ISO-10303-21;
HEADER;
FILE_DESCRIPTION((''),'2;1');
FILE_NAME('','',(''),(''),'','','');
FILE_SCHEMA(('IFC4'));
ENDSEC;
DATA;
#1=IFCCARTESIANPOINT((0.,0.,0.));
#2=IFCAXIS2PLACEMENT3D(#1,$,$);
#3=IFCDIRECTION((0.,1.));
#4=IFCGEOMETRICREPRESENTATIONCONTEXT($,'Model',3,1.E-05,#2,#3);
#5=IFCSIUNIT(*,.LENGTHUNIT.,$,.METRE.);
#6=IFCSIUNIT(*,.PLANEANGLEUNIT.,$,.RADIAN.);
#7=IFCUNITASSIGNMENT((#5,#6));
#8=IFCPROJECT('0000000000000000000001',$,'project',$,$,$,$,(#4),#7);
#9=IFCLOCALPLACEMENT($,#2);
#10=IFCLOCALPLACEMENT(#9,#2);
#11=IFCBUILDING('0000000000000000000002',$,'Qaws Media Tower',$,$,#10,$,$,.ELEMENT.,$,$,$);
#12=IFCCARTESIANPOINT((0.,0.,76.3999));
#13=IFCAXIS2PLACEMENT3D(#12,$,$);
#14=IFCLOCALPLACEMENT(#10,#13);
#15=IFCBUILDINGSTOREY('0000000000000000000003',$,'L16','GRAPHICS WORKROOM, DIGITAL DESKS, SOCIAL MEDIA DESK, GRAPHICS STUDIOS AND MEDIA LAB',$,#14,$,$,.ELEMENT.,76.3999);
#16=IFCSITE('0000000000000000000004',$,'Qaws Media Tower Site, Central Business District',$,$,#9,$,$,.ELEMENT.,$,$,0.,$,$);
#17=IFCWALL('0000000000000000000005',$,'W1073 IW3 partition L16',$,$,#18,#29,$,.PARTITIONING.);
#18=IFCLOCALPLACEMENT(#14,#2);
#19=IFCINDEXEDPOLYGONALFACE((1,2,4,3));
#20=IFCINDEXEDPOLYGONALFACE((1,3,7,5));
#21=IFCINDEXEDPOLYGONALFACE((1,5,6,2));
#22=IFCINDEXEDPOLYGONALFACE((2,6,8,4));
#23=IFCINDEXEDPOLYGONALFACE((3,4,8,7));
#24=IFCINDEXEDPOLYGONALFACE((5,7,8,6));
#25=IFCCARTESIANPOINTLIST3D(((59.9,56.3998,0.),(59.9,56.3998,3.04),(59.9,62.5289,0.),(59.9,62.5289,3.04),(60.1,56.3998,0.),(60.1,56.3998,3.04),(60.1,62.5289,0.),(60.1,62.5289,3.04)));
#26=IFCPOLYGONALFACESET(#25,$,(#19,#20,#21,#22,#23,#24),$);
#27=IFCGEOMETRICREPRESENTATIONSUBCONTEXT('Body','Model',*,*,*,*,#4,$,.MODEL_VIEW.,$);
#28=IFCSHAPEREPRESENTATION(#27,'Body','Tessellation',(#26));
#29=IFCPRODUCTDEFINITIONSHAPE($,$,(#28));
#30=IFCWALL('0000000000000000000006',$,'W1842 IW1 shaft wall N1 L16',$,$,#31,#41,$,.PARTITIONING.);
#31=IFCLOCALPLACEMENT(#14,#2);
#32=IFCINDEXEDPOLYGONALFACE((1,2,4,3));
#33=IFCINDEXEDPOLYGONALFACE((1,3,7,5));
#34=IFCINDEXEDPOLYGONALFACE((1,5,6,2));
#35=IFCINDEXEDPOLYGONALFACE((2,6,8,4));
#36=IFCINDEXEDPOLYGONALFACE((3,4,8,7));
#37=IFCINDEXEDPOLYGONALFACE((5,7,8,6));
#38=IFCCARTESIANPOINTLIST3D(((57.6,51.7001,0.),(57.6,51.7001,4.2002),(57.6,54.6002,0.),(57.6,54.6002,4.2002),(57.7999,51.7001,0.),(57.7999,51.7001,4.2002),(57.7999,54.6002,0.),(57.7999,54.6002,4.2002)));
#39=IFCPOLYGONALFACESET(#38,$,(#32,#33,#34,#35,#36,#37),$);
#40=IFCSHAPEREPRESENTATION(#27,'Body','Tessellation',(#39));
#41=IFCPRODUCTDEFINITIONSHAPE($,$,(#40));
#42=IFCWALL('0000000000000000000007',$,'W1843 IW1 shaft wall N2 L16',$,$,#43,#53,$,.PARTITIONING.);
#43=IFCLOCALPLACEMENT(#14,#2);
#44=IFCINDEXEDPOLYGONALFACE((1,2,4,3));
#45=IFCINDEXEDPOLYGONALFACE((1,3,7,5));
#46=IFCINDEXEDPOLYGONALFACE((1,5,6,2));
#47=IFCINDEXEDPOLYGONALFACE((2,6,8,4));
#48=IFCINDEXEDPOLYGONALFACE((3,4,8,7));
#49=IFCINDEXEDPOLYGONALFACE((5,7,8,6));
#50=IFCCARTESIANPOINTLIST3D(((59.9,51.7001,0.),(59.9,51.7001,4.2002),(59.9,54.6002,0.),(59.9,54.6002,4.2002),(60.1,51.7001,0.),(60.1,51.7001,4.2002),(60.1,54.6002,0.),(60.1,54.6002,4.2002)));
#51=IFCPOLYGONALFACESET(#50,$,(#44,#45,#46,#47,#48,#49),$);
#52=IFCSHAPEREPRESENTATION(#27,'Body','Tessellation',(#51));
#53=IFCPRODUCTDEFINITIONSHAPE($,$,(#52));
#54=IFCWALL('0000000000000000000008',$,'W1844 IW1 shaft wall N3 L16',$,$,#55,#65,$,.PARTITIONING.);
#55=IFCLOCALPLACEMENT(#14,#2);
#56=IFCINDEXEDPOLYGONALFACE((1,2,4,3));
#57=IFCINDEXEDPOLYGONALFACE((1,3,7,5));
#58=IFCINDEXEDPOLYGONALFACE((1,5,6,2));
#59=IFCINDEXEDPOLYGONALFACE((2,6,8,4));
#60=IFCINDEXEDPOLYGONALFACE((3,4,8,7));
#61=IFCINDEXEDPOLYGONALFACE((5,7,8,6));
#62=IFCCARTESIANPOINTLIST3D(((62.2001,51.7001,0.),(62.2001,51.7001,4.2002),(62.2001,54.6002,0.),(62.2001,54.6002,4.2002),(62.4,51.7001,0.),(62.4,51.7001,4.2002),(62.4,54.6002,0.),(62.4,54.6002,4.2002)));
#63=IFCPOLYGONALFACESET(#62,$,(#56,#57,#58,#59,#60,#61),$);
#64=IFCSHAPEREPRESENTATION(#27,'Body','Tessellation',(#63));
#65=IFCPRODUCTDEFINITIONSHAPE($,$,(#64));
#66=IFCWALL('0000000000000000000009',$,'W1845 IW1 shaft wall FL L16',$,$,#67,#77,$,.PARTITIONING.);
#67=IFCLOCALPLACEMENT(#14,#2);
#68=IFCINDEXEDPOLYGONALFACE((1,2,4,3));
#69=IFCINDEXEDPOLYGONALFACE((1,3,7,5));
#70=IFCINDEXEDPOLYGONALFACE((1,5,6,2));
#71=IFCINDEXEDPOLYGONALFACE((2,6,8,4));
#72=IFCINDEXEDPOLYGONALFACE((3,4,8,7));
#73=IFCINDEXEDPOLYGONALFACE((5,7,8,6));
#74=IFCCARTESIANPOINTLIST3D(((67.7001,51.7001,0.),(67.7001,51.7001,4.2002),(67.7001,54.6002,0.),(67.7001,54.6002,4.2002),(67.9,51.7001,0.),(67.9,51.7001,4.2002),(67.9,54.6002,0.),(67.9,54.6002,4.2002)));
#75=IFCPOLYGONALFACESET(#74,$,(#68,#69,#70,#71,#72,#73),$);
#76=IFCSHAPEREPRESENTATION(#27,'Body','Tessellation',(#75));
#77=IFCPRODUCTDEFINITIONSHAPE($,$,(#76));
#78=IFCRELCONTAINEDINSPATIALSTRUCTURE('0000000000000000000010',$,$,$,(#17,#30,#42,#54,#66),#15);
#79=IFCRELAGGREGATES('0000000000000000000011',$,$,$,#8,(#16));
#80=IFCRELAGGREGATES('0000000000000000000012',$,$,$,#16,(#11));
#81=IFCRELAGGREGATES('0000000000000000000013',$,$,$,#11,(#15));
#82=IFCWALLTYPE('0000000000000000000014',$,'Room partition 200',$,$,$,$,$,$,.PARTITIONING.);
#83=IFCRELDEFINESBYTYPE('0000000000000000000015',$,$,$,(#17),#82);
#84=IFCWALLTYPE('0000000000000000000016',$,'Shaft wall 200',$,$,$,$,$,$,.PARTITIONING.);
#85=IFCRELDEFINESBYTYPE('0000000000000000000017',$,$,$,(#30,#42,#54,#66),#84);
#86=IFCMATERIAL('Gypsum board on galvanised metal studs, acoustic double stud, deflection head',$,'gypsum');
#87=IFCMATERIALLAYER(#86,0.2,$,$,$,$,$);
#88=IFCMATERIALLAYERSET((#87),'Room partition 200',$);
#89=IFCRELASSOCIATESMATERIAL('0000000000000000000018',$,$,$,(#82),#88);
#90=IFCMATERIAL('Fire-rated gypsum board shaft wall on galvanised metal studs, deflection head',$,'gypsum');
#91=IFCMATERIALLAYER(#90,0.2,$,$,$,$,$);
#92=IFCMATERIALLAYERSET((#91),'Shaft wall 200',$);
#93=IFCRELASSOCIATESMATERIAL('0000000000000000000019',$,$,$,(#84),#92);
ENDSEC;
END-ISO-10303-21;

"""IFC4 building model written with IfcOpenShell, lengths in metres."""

from ifc_helpers import new_model, si_unit, direction, frame, frame_2d, origin, place, context, subcontext, project, spatial, rectangle, extrude, material, layer, layer_set, type_object, element, save


model = new_model("IFC4")

# Units and contexts
model_context = context("Model", 3, precision=1e-05, world=origin(), true_north=direction((0.0, 1.0)))
body_context = subcontext(model_context, "Body", "Model", "MODEL_VIEW")
ifc_project = project(units=[si_unit("LENGTHUNIT", "METRE"), si_unit("PLANEANGLEUNIT", "RADIAN")], contexts=[model_context])

# Site, building, storey
site_placement = place(None, origin())
site = spatial("IfcSite", under=ifc_project, at=site_placement, Name="Qaws Media Tower Site, Central Business District", CompositionType="ELEMENT", RefElevation=0.0)
building_placement = place(site_placement, origin())
building = spatial("IfcBuilding", under=site, at=building_placement, Name="Qaws Media Tower", CompositionType="ELEMENT")
storey_placement = place(building_placement, frame((0.0, 0.0, 76.3999)))
storey = spatial("IfcBuildingStorey", under=building, at=storey_placement, Name="L16", Description="GRAPHICS WORKROOM, DIGITAL DESKS, SOCIAL MEDIA DESK, GRAPHICS STUDIOS AND MEDIA LAB", CompositionType="ELEMENT", Elevation=76.3999)

# Shared definitions
ifc_material_1 = material(Name="Gypsum board on galvanised metal studs, acoustic double stud, deflection head", Category="gypsum")
ifc_layer_1 = layer(ifc_material_1, 0.2)
ifc_layer_set_1 = layer_set([ifc_layer_1], Name="Room partition 200")
wall_type_1 = type_object("IfcWallType", Name="Room partition 200", PredefinedType="PARTITIONING", material=ifc_layer_set_1)

# Walls
wall_1_placement = place(storey_placement, frame((60.0, 56.3999, 0.0), z_axis=(0.0, 0.0, 1.0), x_axis=(0.0, 1.0, 0.0)))
element("IfcWall", 1, at=wall_1_placement, inside=storey, type_object=wall_type_1, Name="W1073 IW3 partition L16", PredefinedType="PARTITIONING", context=body_context, shape_type="SweptSolid", body=[
    extrude(rectangle(XDim=6.1292, YDim=0.2, at=frame_2d((3.0645, 0.0))), origin(), (0.0, 0.0, 1.0), 3.04),
])
ifc_material_2 = material(Name="Fire-rated gypsum board shaft wall on galvanised metal studs, deflection head", Category="gypsum")
ifc_layer_2 = layer(ifc_material_2, 0.2)
ifc_layer_set_2 = layer_set([ifc_layer_2], Name="Shaft wall 200")
wall_type_2 = type_object("IfcWallType", Name="Shaft wall 200", PredefinedType="PARTITIONING", material=ifc_layer_set_2)
for number, where, z_axis, x_axis, name in (
    (2, (57.7, 51.7, 0.0), (0.0, 0.0, 1.0), (0.0, 1.0, 0.0), "W1842 IW1 shaft wall N1 L16"),
    (3, (60.0, 51.7, 0.0), (0.0, 0.0, 1.0), (0.0, 1.0, 0.0), "W1843 IW1 shaft wall N2 L16"),
    (4, (62.3, 51.7, 0.0), (0.0, 0.0, 1.0), (0.0, 1.0, 0.0), "W1844 IW1 shaft wall N3 L16"),
    (5, (67.8, 51.7, 0.0), (0.0, 0.0, 1.0), (0.0, 1.0, 0.0), "W1845 IW1 shaft wall FL L16"),
):
    element("IfcWall", number, at=place(storey_placement, frame(where, z_axis=z_axis, x_axis=x_axis)), inside=storey, type_object=wall_type_2, Name=name, PredefinedType="PARTITIONING", context=body_context, shape_type="SweptSolid", body=[
        extrude(rectangle(XDim=2.9001, YDim=0.2, at=frame_2d((1.4502, 0.0))), origin(), (0.0, 0.0, 1.0), 4.2002),
    ])

save(model, "model.ifc")
